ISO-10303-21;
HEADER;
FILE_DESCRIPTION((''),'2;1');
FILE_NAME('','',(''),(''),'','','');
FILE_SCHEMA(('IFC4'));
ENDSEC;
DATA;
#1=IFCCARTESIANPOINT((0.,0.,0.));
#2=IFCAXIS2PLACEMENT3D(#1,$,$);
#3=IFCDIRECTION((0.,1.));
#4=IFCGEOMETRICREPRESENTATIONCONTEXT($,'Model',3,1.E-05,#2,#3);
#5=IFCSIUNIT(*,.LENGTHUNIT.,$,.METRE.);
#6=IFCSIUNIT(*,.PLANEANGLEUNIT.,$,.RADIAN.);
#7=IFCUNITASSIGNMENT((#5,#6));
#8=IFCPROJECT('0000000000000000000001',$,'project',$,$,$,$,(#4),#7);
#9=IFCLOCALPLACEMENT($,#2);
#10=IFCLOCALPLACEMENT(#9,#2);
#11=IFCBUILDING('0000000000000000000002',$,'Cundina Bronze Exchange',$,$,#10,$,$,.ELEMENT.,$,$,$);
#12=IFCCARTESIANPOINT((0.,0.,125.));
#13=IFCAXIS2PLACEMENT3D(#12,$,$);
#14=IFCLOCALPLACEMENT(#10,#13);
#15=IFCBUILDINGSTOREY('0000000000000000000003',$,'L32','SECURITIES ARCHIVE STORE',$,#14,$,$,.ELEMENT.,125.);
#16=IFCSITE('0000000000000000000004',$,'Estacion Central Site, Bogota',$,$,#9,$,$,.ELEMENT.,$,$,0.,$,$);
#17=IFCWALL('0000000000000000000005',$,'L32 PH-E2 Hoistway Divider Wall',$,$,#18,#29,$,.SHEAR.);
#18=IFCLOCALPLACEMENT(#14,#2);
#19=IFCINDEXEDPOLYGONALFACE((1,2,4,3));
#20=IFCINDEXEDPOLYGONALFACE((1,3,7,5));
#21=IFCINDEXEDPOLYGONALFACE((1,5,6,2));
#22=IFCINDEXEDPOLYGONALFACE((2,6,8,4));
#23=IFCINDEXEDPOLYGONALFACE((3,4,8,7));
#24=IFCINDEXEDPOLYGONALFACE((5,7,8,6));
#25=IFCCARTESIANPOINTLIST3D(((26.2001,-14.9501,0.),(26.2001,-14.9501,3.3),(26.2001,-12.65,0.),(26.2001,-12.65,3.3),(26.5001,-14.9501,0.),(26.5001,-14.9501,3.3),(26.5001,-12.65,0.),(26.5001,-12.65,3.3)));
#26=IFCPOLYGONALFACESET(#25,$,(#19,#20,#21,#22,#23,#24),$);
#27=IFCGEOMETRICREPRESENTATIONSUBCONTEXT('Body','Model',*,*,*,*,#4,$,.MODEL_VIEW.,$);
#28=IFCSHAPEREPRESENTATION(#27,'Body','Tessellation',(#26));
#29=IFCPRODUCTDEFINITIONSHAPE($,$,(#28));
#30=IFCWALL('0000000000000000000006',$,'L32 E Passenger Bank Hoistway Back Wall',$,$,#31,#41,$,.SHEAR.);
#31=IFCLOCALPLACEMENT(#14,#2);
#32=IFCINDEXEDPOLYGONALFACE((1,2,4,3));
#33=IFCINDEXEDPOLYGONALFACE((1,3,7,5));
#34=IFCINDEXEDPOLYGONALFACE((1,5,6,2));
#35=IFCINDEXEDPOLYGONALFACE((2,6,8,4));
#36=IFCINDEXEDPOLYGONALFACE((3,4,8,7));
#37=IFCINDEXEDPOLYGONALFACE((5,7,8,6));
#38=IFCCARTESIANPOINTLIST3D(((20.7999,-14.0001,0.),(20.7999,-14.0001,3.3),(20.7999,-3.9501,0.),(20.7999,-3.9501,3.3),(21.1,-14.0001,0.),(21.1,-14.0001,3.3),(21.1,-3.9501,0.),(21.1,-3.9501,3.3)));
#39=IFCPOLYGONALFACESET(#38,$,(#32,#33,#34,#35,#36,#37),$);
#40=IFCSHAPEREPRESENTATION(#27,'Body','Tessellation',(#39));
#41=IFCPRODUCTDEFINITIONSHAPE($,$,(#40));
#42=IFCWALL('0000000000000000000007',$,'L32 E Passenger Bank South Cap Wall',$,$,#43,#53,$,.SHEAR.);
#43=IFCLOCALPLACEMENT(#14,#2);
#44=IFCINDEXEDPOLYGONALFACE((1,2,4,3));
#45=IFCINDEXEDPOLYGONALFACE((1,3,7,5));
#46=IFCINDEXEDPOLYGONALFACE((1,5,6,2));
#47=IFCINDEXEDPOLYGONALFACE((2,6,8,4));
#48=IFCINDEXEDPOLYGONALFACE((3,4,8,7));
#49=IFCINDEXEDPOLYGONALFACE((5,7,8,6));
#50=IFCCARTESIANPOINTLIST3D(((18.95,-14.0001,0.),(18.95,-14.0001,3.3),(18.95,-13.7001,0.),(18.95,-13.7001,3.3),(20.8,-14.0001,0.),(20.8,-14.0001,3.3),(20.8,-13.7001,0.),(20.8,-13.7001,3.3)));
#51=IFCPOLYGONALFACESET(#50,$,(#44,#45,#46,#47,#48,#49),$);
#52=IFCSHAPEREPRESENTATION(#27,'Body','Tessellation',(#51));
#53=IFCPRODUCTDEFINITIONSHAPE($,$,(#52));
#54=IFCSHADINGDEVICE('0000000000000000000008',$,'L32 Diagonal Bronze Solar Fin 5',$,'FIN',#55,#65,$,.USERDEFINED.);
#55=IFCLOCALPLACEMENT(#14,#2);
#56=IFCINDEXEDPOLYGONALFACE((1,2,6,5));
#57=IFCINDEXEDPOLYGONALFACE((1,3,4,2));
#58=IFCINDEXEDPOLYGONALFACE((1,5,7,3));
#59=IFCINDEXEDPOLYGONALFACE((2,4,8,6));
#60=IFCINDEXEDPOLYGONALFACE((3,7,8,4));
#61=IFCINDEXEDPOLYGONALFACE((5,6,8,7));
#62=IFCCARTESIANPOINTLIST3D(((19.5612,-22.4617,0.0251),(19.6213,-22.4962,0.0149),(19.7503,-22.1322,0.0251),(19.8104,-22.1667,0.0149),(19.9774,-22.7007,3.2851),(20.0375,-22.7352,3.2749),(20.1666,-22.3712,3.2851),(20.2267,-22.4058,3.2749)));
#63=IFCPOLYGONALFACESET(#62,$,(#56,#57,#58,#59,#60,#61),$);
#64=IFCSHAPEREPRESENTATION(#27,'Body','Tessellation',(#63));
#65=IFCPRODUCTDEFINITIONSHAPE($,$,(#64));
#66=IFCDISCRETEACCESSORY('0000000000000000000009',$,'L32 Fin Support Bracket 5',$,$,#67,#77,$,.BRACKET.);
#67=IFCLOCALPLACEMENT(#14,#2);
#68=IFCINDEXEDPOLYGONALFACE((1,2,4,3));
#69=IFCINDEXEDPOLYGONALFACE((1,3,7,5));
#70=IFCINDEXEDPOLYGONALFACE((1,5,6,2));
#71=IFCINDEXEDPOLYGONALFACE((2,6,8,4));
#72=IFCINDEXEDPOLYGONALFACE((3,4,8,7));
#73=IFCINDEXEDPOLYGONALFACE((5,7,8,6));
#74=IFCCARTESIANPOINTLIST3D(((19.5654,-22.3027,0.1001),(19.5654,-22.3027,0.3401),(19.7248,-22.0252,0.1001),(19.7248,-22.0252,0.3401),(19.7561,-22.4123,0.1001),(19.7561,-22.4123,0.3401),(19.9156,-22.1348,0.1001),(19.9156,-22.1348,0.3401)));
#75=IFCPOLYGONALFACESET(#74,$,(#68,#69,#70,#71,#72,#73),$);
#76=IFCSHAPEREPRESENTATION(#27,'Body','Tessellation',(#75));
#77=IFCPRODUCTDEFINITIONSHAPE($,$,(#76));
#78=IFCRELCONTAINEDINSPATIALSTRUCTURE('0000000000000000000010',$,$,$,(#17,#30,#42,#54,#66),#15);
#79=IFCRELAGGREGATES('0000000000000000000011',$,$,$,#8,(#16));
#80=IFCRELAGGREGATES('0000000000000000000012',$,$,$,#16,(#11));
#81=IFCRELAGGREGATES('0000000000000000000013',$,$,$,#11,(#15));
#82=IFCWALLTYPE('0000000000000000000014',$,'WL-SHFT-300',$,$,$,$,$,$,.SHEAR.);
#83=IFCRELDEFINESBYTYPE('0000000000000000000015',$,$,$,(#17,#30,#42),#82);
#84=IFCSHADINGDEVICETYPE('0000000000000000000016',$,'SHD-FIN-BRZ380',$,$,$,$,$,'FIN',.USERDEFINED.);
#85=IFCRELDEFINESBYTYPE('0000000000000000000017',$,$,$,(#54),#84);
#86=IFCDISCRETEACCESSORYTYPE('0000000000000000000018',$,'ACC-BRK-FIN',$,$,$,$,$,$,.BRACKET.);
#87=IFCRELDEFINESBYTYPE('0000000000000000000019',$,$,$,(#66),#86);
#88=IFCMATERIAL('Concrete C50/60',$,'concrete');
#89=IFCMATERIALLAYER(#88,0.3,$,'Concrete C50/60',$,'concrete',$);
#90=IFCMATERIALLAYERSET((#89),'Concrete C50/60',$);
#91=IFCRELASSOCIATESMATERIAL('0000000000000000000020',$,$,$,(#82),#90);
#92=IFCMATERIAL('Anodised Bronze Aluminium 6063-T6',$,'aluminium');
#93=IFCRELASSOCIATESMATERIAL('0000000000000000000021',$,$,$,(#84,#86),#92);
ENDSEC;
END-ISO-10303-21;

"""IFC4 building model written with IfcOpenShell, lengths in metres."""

from ifc_helpers import new_model, si_unit, direction, frame, frame_2d, origin, origin_2d, place, context, subcontext, project, spatial, rectangle, extrude, material, layer, layer_set, material_profile, profile_set, type_object, element, save


model = new_model("IFC4")

# Units and contexts
model_context = context("Model", 3, precision=1e-05, world=origin(), true_north=direction((0.0, 1.0)))
body_context = subcontext(model_context, "Body", "Model", "MODEL_VIEW")
ifc_project = project(units=[si_unit("LENGTHUNIT", "METRE"), si_unit("PLANEANGLEUNIT", "RADIAN")], contexts=[model_context])

# Site, building, storey
site_placement = place(None, origin())
site = spatial("IfcSite", under=ifc_project, at=site_placement, Name="Estacion Central Site, Bogota", CompositionType="ELEMENT", RefElevation=0.0)
building_placement = place(site_placement, origin())
building = spatial("IfcBuilding", under=site, at=building_placement, Name="Cundina Bronze Exchange", CompositionType="ELEMENT")
storey_placement = place(building_placement, frame((0.0, 0.0, 125.0)))
storey = spatial("IfcBuildingStorey", under=building, at=storey_placement, Name="L32", Description="SECURITIES ARCHIVE STORE", CompositionType="ELEMENT", Elevation=125.0)

# Shared definitions
ifc_material_1 = material(Name="Anodised Bronze Aluminium 6063-T6", Category="aluminium")

# Walls
ifc_material_2 = material(Name="Concrete C50/60", Category="concrete")
ifc_layer_1 = layer(ifc_material_2, 0.3, Name="Concrete C50/60", Category="concrete")
ifc_layer_set_1 = layer_set([ifc_layer_1], Name="Concrete C50/60")
wall_type_1 = type_object("IfcWallType", Name="WL-SHFT-300", PredefinedType="SHEAR", material=ifc_layer_set_1)
wall_1_placement = place(storey_placement, frame((26.3501, -14.95, 0.0), z_axis=(0.0, 0.0, 1.0), x_axis=(0.0, 1.0, 0.0)))
element("IfcWall", 1, at=wall_1_placement, inside=storey, type_object=wall_type_1, Name="L32 PH-E2 Hoistway Divider Wall", PredefinedType="SHEAR", context=body_context, shape_type="SweptSolid", body=[
    extrude(rectangle(XDim=2.3, YDim=0.3, at=frame_2d((1.1499, 0.0))), origin(), (0.0, 0.0, 1.0), 3.3),
])
wall_2_placement = place(storey_placement, frame((20.95, -14.0, 0.0), z_axis=(0.0, 0.0, 1.0), x_axis=(0.0, 1.0, 0.0)))
element("IfcWall", 2, at=wall_2_placement, inside=storey, type_object=wall_type_1, Name="L32 E Passenger Bank Hoistway Back Wall", PredefinedType="SHEAR", context=body_context, shape_type="SweptSolid", body=[
    extrude(rectangle(XDim=10.05, YDim=0.3, at=frame_2d((5.0249, 0.0))), origin(), (0.0, 0.0, 1.0), 3.3),
])
wall_3_placement = place(storey_placement, frame((18.95, -13.8501, 0.0), z_axis=(0.0, 0.0, 1.0), x_axis=(1.0, 0.0, 0.0)))
element("IfcWall", 3, at=wall_3_placement, inside=storey, type_object=wall_type_1, Name="L32 E Passenger Bank South Cap Wall", PredefinedType="SHEAR", context=body_context, shape_type="SweptSolid", body=[
    extrude(rectangle(XDim=1.8501, YDim=0.3, at=frame_2d((0.925, 0.0))), origin(), (0.0, 0.0, 1.0), 3.3),
])

# Shading device
ifc_material_profile_1 = material_profile(ifc_material_1, rectangle(XDim=0.0701, YDim=0.3799, at=origin_2d()), Name="FIN70X380", Category="aluminium")
ifc_profile_set_1 = profile_set([ifc_material_profile_1], Name="Anodised Bronze Aluminium 6063-T6")
shading_device_type = type_object("IfcShadingDeviceType", Name="SHD-FIN-BRZ380", ElementType="FIN", PredefinedType="USERDEFINED", material=ifc_profile_set_1)
shading_device_placement = place(storey_placement, frame((19.6858, -22.3142, 0.02), z_axis=(0.126325, -0.072535, 0.989333), x_axis=(-0.857958, 0.492634, 0.145668)))
element("IfcShadingDevice", 4, at=shading_device_placement, inside=storey, type_object=shading_device_type, Name="L32 Diagonal Bronze Solar Fin 5", ObjectType="FIN", PredefinedType="USERDEFINED", context=body_context, shape_type="SweptSolid", body=[
    extrude(rectangle(XDim=0.0701, YDim=0.3799, at=origin_2d()), origin(), (0.0, 0.0, 1.0), 3.2952),
])

# Discrete accessory
discrete_accessory_type = type_object("IfcDiscreteAccessoryType", Name="ACC-BRK-FIN", PredefinedType="BRACKET", material=ifc_material_1)
discrete_accessory_placement = place(storey_placement, frame((19.7405, -22.2188, 0.1001), z_axis=(0.0, 0.0, 1.0), x_axis=(0.867105, -0.498125, 0.0)))
element("IfcDiscreteAccessory", 5, at=discrete_accessory_placement, inside=storey, type_object=discrete_accessory_type, Name="L32 Fin Support Bracket 5", PredefinedType="BRACKET", context=body_context, shape_type="SweptSolid", body=[
    extrude(rectangle(XDim=0.22, YDim=0.3201, at=origin_2d()), origin(), (0.0, 0.0, 1.0), 0.24),
])

save(model, "model.ifc")
